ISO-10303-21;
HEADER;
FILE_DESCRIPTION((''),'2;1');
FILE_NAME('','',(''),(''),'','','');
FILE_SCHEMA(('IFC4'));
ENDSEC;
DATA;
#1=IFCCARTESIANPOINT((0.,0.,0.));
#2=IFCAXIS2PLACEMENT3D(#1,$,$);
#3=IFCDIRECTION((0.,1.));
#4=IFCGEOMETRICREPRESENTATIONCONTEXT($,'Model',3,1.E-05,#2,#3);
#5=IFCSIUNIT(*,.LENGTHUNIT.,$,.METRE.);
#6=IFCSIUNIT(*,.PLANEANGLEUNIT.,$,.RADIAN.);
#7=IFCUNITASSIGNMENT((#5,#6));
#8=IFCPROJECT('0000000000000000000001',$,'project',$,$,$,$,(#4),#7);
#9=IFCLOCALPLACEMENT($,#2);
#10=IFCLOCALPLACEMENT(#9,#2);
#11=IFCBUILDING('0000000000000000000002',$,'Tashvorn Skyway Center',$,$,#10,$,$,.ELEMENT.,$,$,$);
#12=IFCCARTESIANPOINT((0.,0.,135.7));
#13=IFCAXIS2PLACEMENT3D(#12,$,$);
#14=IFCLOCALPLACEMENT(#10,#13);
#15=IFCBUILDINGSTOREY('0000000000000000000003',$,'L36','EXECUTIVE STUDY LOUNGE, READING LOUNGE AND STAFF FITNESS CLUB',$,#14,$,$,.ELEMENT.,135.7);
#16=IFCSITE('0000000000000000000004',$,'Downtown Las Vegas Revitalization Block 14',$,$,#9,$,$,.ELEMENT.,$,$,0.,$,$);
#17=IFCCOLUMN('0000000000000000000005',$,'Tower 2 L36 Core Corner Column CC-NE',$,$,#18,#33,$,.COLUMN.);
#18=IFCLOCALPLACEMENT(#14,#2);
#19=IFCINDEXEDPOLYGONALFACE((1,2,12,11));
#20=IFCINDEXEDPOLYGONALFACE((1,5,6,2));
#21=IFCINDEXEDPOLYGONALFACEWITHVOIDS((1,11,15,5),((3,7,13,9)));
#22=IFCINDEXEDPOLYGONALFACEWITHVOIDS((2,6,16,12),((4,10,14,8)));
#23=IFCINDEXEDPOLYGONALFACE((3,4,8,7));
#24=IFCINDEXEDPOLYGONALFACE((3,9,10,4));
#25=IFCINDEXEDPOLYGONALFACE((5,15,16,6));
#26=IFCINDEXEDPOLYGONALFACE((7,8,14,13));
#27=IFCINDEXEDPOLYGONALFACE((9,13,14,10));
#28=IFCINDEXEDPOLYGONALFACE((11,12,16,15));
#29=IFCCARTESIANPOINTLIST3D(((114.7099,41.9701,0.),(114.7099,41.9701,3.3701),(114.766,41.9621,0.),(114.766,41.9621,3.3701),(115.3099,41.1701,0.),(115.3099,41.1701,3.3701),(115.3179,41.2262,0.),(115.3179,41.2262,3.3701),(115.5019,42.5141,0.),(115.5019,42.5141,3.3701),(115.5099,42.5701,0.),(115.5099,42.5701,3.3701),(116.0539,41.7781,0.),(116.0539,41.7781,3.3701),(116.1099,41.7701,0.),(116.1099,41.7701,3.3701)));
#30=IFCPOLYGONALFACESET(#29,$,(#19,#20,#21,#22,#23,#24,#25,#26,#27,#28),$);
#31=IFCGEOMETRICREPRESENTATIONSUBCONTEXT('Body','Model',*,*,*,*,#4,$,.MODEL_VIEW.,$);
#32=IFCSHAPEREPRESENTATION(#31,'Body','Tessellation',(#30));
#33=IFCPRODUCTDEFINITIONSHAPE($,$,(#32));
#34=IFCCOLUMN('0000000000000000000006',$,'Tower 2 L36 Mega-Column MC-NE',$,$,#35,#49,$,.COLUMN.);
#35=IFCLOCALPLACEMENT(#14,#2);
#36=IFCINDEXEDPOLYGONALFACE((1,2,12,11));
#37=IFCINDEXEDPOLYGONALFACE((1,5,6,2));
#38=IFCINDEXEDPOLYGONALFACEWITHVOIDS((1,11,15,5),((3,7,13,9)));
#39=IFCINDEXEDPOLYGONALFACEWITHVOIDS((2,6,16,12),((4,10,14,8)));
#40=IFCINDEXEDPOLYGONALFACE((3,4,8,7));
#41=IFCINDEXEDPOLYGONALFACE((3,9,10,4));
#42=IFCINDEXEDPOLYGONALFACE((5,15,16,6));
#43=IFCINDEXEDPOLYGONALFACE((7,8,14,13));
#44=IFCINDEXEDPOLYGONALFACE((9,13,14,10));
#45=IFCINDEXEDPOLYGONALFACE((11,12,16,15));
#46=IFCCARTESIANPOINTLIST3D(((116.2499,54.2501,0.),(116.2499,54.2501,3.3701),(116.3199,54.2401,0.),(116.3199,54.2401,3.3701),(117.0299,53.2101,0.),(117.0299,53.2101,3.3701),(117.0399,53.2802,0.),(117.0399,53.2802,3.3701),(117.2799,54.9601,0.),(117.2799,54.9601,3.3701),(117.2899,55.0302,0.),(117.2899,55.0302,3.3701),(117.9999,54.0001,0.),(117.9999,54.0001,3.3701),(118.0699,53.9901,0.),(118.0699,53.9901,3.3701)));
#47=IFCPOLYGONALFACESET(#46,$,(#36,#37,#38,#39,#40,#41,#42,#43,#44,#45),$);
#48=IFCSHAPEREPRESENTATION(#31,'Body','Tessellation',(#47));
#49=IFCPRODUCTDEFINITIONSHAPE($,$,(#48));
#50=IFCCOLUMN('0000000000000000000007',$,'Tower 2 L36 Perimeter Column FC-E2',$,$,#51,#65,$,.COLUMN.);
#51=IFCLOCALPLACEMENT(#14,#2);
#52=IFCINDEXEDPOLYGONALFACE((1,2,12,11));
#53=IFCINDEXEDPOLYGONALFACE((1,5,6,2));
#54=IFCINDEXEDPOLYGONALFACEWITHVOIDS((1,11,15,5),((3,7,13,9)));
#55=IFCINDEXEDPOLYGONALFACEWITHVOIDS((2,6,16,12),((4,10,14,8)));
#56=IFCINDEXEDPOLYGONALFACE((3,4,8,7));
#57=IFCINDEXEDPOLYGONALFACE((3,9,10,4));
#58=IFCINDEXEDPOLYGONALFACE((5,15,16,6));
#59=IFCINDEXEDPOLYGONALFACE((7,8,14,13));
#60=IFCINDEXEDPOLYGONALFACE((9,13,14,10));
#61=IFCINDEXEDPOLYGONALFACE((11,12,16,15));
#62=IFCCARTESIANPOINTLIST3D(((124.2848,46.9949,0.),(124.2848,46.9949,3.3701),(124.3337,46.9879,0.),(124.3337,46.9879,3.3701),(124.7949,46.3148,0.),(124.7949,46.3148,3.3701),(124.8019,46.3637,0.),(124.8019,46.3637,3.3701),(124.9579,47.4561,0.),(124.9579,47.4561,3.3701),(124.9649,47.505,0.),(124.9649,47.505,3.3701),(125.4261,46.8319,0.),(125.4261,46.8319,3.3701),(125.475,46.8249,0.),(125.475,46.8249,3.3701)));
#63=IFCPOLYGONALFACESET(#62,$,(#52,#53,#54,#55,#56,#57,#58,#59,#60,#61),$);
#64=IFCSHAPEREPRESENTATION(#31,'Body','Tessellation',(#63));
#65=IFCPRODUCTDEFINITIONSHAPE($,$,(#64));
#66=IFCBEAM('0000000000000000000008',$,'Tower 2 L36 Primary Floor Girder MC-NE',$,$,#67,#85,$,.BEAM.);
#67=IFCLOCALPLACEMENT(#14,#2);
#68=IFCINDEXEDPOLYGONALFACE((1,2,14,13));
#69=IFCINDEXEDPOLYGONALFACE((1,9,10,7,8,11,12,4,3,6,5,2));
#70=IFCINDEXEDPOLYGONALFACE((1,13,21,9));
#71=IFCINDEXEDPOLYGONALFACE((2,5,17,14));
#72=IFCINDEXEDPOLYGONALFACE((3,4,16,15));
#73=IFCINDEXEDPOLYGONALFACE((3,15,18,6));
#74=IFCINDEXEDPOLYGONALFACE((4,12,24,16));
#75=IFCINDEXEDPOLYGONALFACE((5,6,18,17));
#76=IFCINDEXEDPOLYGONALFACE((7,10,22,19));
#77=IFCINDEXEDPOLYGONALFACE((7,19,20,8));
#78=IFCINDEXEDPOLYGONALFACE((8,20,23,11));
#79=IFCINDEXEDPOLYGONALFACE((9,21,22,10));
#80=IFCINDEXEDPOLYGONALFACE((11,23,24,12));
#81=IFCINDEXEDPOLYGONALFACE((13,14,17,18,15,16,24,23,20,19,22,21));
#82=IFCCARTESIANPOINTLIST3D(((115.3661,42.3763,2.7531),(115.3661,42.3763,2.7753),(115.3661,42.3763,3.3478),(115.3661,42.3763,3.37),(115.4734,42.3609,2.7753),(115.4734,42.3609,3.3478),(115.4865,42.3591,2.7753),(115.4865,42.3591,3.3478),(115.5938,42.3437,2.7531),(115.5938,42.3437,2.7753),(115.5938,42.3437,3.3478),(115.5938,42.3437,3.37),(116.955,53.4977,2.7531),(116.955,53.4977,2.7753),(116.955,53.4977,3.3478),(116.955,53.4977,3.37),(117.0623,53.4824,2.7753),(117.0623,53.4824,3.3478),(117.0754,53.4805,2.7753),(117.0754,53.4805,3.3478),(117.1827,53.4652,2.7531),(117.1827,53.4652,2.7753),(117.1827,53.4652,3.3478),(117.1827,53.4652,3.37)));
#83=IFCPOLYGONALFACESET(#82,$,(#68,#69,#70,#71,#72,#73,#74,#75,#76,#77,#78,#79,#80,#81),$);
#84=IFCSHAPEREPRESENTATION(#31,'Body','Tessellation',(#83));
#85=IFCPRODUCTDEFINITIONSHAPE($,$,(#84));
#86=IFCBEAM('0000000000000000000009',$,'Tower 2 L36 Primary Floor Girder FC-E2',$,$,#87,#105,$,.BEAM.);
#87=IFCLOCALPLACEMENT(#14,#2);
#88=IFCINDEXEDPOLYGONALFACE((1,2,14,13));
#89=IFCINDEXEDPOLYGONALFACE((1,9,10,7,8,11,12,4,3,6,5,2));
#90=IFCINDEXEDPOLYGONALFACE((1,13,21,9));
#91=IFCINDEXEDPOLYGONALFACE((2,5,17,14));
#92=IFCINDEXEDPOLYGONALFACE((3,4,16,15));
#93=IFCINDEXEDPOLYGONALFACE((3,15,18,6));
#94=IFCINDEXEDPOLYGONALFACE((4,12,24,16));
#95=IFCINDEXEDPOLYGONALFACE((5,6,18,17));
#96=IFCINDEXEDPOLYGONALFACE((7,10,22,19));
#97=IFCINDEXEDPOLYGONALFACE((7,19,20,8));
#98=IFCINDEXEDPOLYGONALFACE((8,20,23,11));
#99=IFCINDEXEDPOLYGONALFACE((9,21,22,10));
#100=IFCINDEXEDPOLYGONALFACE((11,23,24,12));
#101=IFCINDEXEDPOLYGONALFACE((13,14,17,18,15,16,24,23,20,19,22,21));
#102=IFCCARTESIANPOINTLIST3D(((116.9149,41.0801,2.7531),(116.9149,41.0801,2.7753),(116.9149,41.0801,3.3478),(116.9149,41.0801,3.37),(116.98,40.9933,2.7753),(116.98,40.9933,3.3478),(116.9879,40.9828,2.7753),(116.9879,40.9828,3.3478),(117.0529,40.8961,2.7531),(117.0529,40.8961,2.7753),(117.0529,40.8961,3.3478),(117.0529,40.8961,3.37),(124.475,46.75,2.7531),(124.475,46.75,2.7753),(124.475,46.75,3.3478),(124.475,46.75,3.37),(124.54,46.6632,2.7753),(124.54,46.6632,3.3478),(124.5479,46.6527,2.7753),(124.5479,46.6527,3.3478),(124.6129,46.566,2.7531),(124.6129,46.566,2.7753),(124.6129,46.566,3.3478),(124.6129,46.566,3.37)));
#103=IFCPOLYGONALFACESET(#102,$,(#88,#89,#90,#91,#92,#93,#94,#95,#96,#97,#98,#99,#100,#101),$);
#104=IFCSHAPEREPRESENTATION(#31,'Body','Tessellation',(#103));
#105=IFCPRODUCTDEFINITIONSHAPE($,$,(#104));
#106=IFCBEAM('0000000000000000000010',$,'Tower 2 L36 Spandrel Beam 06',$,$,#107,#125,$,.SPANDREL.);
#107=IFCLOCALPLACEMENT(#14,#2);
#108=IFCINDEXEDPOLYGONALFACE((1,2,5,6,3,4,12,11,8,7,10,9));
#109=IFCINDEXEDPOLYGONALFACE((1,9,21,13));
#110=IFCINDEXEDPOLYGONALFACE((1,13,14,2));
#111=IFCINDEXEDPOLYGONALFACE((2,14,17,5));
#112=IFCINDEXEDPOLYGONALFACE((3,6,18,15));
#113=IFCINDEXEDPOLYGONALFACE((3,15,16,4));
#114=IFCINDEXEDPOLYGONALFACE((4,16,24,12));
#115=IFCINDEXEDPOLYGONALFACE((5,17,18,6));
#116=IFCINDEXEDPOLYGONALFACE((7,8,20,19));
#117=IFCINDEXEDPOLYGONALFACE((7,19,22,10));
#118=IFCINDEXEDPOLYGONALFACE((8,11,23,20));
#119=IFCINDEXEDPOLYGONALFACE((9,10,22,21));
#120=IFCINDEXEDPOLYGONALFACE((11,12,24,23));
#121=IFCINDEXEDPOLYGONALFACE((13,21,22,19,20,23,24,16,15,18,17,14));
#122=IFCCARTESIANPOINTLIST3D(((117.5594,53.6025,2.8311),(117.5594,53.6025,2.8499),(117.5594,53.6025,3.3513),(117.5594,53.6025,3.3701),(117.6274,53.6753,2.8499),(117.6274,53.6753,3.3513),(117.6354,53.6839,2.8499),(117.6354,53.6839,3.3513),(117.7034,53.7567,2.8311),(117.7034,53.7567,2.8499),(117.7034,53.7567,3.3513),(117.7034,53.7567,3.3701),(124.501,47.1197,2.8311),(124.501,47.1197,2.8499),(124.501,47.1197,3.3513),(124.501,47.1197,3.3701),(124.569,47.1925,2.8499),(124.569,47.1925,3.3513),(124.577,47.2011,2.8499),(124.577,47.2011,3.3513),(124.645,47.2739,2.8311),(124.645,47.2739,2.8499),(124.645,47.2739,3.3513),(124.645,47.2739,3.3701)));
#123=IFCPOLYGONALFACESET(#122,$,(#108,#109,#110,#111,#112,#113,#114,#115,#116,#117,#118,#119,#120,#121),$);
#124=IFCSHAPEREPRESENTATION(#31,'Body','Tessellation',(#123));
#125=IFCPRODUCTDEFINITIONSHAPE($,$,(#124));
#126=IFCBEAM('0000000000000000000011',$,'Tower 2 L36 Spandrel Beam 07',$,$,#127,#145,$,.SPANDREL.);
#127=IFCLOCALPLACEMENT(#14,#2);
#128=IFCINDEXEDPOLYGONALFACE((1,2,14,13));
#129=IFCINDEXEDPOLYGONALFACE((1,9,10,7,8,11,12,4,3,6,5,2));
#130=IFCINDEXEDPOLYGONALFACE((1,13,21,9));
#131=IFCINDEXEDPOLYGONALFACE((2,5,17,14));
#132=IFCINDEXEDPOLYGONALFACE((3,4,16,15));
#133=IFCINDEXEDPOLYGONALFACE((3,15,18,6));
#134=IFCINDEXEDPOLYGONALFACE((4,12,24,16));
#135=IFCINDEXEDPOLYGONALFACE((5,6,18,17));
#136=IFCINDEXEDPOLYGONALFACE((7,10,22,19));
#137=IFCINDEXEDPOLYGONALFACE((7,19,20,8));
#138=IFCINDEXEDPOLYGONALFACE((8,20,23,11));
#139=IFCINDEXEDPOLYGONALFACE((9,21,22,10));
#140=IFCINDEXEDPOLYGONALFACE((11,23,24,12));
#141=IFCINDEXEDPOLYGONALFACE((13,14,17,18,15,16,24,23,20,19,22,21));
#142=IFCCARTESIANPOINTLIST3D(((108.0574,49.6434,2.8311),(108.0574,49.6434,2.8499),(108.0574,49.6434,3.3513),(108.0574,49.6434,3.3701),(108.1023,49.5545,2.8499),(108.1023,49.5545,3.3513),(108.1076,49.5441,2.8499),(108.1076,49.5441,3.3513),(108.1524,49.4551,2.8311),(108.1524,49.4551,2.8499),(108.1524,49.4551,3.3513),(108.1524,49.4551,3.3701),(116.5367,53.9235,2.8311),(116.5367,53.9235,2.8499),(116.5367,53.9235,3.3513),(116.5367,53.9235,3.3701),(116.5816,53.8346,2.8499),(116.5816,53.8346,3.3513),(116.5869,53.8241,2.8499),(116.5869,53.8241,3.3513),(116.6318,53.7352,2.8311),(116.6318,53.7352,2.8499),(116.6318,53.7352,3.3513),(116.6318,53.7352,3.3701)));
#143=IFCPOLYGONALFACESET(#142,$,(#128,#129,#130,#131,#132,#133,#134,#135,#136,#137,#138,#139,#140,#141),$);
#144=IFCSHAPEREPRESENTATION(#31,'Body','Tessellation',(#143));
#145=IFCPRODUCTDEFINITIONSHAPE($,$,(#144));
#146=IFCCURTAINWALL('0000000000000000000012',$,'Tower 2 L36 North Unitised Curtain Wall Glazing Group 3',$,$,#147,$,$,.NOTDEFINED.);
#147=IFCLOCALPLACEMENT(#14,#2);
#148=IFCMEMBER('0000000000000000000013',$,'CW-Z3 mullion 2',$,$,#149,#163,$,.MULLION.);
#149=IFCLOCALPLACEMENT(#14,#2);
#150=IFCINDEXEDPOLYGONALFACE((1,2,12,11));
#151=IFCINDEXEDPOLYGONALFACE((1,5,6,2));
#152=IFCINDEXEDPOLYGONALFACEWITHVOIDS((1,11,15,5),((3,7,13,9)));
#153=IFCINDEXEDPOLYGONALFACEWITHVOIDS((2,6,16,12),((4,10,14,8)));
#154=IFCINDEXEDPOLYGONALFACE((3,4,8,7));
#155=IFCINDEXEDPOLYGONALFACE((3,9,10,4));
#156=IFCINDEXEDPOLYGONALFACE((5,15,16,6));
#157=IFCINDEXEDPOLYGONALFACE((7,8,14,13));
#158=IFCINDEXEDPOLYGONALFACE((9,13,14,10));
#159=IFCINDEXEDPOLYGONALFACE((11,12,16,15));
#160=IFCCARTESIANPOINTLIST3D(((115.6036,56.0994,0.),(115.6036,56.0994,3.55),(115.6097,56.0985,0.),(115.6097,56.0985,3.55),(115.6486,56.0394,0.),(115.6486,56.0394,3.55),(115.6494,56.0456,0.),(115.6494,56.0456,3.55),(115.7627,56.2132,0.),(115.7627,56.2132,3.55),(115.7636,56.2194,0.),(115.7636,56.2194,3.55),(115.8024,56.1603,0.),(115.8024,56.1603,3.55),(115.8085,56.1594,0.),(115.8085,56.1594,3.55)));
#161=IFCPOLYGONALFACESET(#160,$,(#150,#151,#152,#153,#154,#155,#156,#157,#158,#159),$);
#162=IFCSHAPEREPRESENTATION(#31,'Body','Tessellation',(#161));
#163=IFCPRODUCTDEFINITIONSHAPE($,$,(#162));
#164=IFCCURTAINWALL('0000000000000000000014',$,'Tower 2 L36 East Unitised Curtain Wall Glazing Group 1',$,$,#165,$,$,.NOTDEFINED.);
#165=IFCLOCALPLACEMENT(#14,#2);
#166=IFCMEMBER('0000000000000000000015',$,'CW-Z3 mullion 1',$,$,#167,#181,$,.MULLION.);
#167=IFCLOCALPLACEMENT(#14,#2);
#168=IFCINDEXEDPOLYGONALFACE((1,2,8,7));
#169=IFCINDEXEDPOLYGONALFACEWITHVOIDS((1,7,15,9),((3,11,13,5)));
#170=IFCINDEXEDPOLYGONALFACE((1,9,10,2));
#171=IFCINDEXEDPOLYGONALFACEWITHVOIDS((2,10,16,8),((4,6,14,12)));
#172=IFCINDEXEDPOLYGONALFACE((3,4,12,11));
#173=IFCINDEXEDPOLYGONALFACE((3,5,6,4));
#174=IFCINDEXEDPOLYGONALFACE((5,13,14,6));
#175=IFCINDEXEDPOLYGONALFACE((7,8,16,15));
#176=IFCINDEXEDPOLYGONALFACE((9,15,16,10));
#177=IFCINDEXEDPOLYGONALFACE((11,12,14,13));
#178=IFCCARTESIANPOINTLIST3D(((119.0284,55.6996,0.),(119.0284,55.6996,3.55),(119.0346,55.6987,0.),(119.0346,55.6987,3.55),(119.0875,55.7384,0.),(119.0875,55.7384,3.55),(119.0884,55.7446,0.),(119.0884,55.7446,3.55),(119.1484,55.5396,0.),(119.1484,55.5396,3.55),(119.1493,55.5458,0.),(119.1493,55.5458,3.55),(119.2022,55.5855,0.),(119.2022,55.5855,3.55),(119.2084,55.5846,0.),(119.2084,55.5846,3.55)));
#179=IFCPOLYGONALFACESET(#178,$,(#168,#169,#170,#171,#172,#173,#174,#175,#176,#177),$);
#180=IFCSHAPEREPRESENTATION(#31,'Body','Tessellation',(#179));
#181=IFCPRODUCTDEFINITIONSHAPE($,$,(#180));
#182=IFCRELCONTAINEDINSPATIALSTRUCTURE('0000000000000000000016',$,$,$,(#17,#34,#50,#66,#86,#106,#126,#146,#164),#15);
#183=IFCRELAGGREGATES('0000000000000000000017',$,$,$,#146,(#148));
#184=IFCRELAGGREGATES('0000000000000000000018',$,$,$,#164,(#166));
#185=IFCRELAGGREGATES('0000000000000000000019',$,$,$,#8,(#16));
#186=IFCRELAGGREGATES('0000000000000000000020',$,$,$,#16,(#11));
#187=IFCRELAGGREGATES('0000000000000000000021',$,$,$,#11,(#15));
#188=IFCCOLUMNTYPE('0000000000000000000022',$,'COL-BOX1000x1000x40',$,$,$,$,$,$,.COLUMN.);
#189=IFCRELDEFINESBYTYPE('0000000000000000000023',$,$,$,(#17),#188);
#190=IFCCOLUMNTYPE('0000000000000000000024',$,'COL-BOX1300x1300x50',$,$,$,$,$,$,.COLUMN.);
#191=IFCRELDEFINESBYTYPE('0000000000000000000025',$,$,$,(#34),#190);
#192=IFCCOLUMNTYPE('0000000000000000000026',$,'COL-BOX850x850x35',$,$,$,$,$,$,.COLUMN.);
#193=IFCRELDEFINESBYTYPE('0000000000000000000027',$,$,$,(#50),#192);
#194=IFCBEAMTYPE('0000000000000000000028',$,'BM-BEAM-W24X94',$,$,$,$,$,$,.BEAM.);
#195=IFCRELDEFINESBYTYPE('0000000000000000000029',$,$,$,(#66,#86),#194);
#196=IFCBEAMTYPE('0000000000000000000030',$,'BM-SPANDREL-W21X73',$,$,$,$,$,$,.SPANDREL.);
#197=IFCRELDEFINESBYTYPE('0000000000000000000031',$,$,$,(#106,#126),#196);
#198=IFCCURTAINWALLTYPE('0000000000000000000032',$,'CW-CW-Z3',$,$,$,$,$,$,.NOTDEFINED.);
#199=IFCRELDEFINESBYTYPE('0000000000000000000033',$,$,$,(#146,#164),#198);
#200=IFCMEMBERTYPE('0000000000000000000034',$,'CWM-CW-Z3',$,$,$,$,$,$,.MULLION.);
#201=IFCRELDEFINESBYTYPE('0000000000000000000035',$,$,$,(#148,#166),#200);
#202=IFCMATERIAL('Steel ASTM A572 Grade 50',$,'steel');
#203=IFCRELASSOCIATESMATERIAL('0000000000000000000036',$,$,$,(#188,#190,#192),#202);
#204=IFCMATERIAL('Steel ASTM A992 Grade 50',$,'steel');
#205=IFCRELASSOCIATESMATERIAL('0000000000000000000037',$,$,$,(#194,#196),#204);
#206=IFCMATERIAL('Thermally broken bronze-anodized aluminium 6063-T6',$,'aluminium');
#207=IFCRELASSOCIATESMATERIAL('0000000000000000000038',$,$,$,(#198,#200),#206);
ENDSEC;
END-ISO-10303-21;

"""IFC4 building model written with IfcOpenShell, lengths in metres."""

from ifc_helpers import new_model, si_unit, direction, frame, origin, origin_2d, place, context, subcontext, project, spatial, hollow_rectangle, i_section, extrude, material, material_profile, profile_set, type_object, element, aggregate, save


model = new_model("IFC4")

# Units and contexts
model_context = context("Model", 3, precision=1e-05, world=origin(), true_north=direction((0.0, 1.0)))
body_context = subcontext(model_context, "Body", "Model", "MODEL_VIEW")
ifc_project = project(units=[si_unit("LENGTHUNIT", "METRE"), si_unit("PLANEANGLEUNIT", "RADIAN")], contexts=[model_context])

# Site, building, storey
site_placement = place(None, origin())
site = spatial("IfcSite", under=ifc_project, at=site_placement, Name="Downtown Las Vegas Revitalization Block 14", CompositionType="ELEMENT", RefElevation=0.0)
building_placement = place(site_placement, origin())
building = spatial("IfcBuilding", under=site, at=building_placement, Name="Tashvorn Skyway Center", CompositionType="ELEMENT")
storey_placement = place(building_placement, frame((0.0, 0.0, 135.7)))
storey = spatial("IfcBuildingStorey", under=building, at=storey_placement, Name="L36", Description="EXECUTIVE STUDY LOUNGE, READING LOUNGE AND STAFF FITNESS CLUB", CompositionType="ELEMENT", Elevation=135.7)

# Columns
ifc_material_1 = material(Name="Steel ASTM A572 Grade 50", Category="steel")
ifc_material_profile_1 = material_profile(ifc_material_1, hollow_rectangle(XDim=1.0, YDim=1.0, WallThickness=0.04, at=origin_2d()), Name="BOX1000x1000x40")
ifc_profile_set_1 = profile_set([ifc_material_profile_1], Name="Steel ASTM A572 Grade 50")
column_type_1 = type_object("IfcColumnType", Name="COL-BOX1000x1000x40", PredefinedType="COLUMN", material=ifc_profile_set_1)
column_1_placement = place(storey_placement, frame((115.4099, 41.8701, 0.0), z_axis=(0.0, 0.0, 1.0), x_axis=(0.8, 0.6, 0.0)))
element("IfcColumn", 1, at=column_1_placement, inside=storey, type_object=column_type_1, Name="Tower 2 L36 Core Corner Column CC-NE", PredefinedType="COLUMN", context=body_context, shape_type="SweptSolid", body=[
    extrude(hollow_rectangle(XDim=1.0, YDim=1.0, WallThickness=0.04, at=origin_2d()), origin(), (0.0, 0.0, 1.0), 3.3701),
])
ifc_material_profile_2 = material_profile(ifc_material_1, hollow_rectangle(XDim=1.3, YDim=1.3, WallThickness=0.05, at=origin_2d()), Name="BOX1300x1300x50")
ifc_profile_set_2 = profile_set([ifc_material_profile_2], Name="Steel ASTM A572 Grade 50")
column_type_2 = type_object("IfcColumnType", Name="COL-BOX1300x1300x50", PredefinedType="COLUMN", material=ifc_profile_set_2)
column_2_placement = place(storey_placement, frame((117.1599, 54.1201, 0.0), z_axis=(0.0, 0.0, 1.0), x_axis=(0.8, 0.6, 0.0)))
element("IfcColumn", 2, at=column_2_placement, inside=storey, type_object=column_type_2, Name="Tower 2 L36 Mega-Column MC-NE", PredefinedType="COLUMN", context=body_context, shape_type="SweptSolid", body=[
    extrude(hollow_rectangle(XDim=1.3, YDim=1.3, WallThickness=0.05, at=origin_2d()), origin(), (0.0, 0.0, 1.0), 3.3701),
])
ifc_material_profile_3 = material_profile(ifc_material_1, hollow_rectangle(XDim=0.8501, YDim=0.8501, WallThickness=0.0349, at=origin_2d()), Name="BOX850x850x35")
ifc_profile_set_3 = profile_set([ifc_material_profile_3], Name="Steel ASTM A572 Grade 50")
column_type_3 = type_object("IfcColumnType", Name="COL-BOX850x850x35", PredefinedType="COLUMN", material=ifc_profile_set_3)
column_3_placement = place(storey_placement, frame((124.8799, 46.9099, 0.0), z_axis=(0.0, 0.0, 1.0), x_axis=(0.8, 0.6, 0.0)))
element("IfcColumn", 3, at=column_3_placement, inside=storey, type_object=column_type_3, Name="Tower 2 L36 Perimeter Column FC-E2", PredefinedType="COLUMN", context=body_context, shape_type="SweptSolid", body=[
    extrude(hollow_rectangle(XDim=0.8501, YDim=0.8501, WallThickness=0.0349, at=origin_2d()), origin(), (0.0, 0.0, 1.0), 3.3701),
])

# Beams
ifc_material_2 = material(Name="Steel ASTM A992 Grade 50", Category="steel")
ifc_material_profile_4 = material_profile(ifc_material_2, i_section(OverallWidth=0.23, OverallDepth=0.6169, WebThickness=0.0132, FlangeThickness=0.0222, at=origin_2d()), Name="W24X94")
ifc_profile_set_4 = profile_set([ifc_material_profile_4], Name="Steel ASTM A992 Grade 50")
beam_type_1 = type_object("IfcBeamType", Name="BM-BEAM-W24X94", PredefinedType="BEAM", material=ifc_profile_set_4)
beam_1_placement = place(storey_placement, frame((117.0688, 53.4814, 3.0615), z_axis=(-0.14143, -0.989948, 0.0), x_axis=(0.989948, -0.14143, 0.0)))
element("IfcBeam", 4, at=beam_1_placement, inside=storey, type_object=beam_type_1, Name="Tower 2 L36 Primary Floor Girder MC-NE", PredefinedType="BEAM", context=body_context, shape_type="SweptSolid", body=[
    extrude(i_section(OverallWidth=0.23, OverallDepth=0.6169, WebThickness=0.0132, FlangeThickness=0.0222, at=origin_2d()), origin(), (0.0, 0.0, 1.0), 11.2344),
])
beam_2_placement = place(storey_placement, frame((124.5439, 46.658, 3.0615), z_axis=(-0.800006, -0.599992, 0.0), x_axis=(0.599992, -0.800006, 0.0)))
element("IfcBeam", 5, at=beam_2_placement, inside=storey, type_object=beam_type_1, Name="Tower 2 L36 Primary Floor Girder FC-E2", PredefinedType="BEAM", context=body_context, shape_type="SweptSolid", body=[
    extrude(i_section(OverallWidth=0.23, OverallDepth=0.6169, WebThickness=0.0132, FlangeThickness=0.0222, at=origin_2d()), origin(), (0.0, 0.0, 1.0), 9.45),
])
ifc_material_profile_5 = material_profile(ifc_material_2, i_section(OverallWidth=0.2109, OverallDepth=0.5391, WebThickness=0.0117, FlangeThickness=0.0188, at=origin_2d()), Name="W21X73")
ifc_profile_set_5 = profile_set([ifc_material_profile_5], Name="Steel ASTM A992 Grade 50")
beam_type_2 = type_object("IfcBeamType", Name="BM-SPANDREL-W21X73", PredefinedType="SPANDREL", material=ifc_profile_set_5)
beam_3_placement = place(storey_placement, frame((124.573, 47.1968, 3.1006), z_axis=(-0.730843, 0.682545, 0.0), x_axis=(-0.682545, -0.730843, 0.0)))
element("IfcBeam", 6, at=beam_3_placement, inside=storey, type_object=beam_type_2, Name="Tower 2 L36 Spandrel Beam 06", PredefinedType="SPANDREL", context=body_context, shape_type="SweptSolid", body=[
    extrude(i_section(OverallWidth=0.2109, OverallDepth=0.5391, WebThickness=0.0117, FlangeThickness=0.0188, at=origin_2d()), origin(), (0.0, 0.0, 1.0), 9.498),
])
beam_4_placement = place(storey_placement, frame((116.5842, 53.8293, 3.1006), z_axis=(-0.892719, -0.450614, 0.0), x_axis=(0.450614, -0.892719, 0.0)))
element("IfcBeam", 7, at=beam_4_placement, inside=storey, type_object=beam_type_2, Name="Tower 2 L36 Spandrel Beam 07", PredefinedType="SPANDREL", context=body_context, shape_type="SweptSolid", body=[
    extrude(i_section(OverallWidth=0.2109, OverallDepth=0.5391, WebThickness=0.0117, FlangeThickness=0.0188, at=origin_2d()), origin(), (0.0, 0.0, 1.0), 9.4983),
])

# Curtain wall, member
ifc_material_3 = material(Name="Thermally broken bronze-anodized aluminium 6063-T6", Category="aluminium")
curtain_wall_type = type_object("IfcCurtainWallType", Name="CW-CW-Z3", PredefinedType="NOTDEFINED", material=ifc_material_3)
curtain_wall_1_placement = place(storey_placement, origin())
curtain_wall_1 = element("IfcCurtainWall", 8, at=curtain_wall_1_placement, inside=storey, type_object=curtain_wall_type, Name="Tower 2 L36 North Unitised Curtain Wall Glazing Group 3", PredefinedType="NOTDEFINED")
ifc_material_profile_6 = material_profile(ifc_material_3, hollow_rectangle(XDim=0.075, YDim=0.2, WallThickness=0.0044, at=origin_2d()), Name="ALU-MULL-75x200")
ifc_profile_set_6 = profile_set([ifc_material_profile_6], Name="Thermally broken bronze-anodized aluminium 6063-T6")
member_type_1 = type_object("IfcMemberType", Name="CWM-CW-Z3", PredefinedType="MULLION", material=ifc_profile_set_6)
member_1_placement = place(storey_placement, frame((115.7061, 56.1294, 0.0), z_axis=(0.0, 0.0, 1.0), x_axis=(-0.599995, 0.800003, 0.0)))
member_1 = element("IfcMember", 9, at=member_1_placement, type_object=member_type_1, Name="CW-Z3 mullion 2", PredefinedType="MULLION", context=body_context, shape_type="SweptSolid", body=[
    extrude(hollow_rectangle(XDim=0.075, YDim=0.2, WallThickness=0.0044, at=origin_2d()), origin(), (0.0, 0.0, 1.0), 3.55),
])

# Curtain wall, member
curtain_wall_2_placement = place(storey_placement, origin())
curtain_wall_2 = element("IfcCurtainWall", 10, at=curtain_wall_2_placement, inside=storey, type_object=curtain_wall_type, Name="Tower 2 L36 East Unitised Curtain Wall Glazing Group 1", PredefinedType="NOTDEFINED")
member_2_placement = place(storey_placement, frame((119.1184, 55.6421, 0.0), z_axis=(0.0, 0.0, 1.0), x_axis=(0.800003, 0.599995, 0.0)))
member_2 = element("IfcMember", 11, at=member_2_placement, type_object=member_type_1, Name="CW-Z3 mullion 1", PredefinedType="MULLION", context=body_context, shape_type="SweptSolid", body=[
    extrude(hollow_rectangle(XDim=0.075, YDim=0.2, WallThickness=0.0044, at=origin_2d()), origin(), (0.0, 0.0, 1.0), 3.55),
])

aggregate(curtain_wall_1, [member_1])
aggregate(curtain_wall_2, [member_2])

save(model, "model.ifc")
